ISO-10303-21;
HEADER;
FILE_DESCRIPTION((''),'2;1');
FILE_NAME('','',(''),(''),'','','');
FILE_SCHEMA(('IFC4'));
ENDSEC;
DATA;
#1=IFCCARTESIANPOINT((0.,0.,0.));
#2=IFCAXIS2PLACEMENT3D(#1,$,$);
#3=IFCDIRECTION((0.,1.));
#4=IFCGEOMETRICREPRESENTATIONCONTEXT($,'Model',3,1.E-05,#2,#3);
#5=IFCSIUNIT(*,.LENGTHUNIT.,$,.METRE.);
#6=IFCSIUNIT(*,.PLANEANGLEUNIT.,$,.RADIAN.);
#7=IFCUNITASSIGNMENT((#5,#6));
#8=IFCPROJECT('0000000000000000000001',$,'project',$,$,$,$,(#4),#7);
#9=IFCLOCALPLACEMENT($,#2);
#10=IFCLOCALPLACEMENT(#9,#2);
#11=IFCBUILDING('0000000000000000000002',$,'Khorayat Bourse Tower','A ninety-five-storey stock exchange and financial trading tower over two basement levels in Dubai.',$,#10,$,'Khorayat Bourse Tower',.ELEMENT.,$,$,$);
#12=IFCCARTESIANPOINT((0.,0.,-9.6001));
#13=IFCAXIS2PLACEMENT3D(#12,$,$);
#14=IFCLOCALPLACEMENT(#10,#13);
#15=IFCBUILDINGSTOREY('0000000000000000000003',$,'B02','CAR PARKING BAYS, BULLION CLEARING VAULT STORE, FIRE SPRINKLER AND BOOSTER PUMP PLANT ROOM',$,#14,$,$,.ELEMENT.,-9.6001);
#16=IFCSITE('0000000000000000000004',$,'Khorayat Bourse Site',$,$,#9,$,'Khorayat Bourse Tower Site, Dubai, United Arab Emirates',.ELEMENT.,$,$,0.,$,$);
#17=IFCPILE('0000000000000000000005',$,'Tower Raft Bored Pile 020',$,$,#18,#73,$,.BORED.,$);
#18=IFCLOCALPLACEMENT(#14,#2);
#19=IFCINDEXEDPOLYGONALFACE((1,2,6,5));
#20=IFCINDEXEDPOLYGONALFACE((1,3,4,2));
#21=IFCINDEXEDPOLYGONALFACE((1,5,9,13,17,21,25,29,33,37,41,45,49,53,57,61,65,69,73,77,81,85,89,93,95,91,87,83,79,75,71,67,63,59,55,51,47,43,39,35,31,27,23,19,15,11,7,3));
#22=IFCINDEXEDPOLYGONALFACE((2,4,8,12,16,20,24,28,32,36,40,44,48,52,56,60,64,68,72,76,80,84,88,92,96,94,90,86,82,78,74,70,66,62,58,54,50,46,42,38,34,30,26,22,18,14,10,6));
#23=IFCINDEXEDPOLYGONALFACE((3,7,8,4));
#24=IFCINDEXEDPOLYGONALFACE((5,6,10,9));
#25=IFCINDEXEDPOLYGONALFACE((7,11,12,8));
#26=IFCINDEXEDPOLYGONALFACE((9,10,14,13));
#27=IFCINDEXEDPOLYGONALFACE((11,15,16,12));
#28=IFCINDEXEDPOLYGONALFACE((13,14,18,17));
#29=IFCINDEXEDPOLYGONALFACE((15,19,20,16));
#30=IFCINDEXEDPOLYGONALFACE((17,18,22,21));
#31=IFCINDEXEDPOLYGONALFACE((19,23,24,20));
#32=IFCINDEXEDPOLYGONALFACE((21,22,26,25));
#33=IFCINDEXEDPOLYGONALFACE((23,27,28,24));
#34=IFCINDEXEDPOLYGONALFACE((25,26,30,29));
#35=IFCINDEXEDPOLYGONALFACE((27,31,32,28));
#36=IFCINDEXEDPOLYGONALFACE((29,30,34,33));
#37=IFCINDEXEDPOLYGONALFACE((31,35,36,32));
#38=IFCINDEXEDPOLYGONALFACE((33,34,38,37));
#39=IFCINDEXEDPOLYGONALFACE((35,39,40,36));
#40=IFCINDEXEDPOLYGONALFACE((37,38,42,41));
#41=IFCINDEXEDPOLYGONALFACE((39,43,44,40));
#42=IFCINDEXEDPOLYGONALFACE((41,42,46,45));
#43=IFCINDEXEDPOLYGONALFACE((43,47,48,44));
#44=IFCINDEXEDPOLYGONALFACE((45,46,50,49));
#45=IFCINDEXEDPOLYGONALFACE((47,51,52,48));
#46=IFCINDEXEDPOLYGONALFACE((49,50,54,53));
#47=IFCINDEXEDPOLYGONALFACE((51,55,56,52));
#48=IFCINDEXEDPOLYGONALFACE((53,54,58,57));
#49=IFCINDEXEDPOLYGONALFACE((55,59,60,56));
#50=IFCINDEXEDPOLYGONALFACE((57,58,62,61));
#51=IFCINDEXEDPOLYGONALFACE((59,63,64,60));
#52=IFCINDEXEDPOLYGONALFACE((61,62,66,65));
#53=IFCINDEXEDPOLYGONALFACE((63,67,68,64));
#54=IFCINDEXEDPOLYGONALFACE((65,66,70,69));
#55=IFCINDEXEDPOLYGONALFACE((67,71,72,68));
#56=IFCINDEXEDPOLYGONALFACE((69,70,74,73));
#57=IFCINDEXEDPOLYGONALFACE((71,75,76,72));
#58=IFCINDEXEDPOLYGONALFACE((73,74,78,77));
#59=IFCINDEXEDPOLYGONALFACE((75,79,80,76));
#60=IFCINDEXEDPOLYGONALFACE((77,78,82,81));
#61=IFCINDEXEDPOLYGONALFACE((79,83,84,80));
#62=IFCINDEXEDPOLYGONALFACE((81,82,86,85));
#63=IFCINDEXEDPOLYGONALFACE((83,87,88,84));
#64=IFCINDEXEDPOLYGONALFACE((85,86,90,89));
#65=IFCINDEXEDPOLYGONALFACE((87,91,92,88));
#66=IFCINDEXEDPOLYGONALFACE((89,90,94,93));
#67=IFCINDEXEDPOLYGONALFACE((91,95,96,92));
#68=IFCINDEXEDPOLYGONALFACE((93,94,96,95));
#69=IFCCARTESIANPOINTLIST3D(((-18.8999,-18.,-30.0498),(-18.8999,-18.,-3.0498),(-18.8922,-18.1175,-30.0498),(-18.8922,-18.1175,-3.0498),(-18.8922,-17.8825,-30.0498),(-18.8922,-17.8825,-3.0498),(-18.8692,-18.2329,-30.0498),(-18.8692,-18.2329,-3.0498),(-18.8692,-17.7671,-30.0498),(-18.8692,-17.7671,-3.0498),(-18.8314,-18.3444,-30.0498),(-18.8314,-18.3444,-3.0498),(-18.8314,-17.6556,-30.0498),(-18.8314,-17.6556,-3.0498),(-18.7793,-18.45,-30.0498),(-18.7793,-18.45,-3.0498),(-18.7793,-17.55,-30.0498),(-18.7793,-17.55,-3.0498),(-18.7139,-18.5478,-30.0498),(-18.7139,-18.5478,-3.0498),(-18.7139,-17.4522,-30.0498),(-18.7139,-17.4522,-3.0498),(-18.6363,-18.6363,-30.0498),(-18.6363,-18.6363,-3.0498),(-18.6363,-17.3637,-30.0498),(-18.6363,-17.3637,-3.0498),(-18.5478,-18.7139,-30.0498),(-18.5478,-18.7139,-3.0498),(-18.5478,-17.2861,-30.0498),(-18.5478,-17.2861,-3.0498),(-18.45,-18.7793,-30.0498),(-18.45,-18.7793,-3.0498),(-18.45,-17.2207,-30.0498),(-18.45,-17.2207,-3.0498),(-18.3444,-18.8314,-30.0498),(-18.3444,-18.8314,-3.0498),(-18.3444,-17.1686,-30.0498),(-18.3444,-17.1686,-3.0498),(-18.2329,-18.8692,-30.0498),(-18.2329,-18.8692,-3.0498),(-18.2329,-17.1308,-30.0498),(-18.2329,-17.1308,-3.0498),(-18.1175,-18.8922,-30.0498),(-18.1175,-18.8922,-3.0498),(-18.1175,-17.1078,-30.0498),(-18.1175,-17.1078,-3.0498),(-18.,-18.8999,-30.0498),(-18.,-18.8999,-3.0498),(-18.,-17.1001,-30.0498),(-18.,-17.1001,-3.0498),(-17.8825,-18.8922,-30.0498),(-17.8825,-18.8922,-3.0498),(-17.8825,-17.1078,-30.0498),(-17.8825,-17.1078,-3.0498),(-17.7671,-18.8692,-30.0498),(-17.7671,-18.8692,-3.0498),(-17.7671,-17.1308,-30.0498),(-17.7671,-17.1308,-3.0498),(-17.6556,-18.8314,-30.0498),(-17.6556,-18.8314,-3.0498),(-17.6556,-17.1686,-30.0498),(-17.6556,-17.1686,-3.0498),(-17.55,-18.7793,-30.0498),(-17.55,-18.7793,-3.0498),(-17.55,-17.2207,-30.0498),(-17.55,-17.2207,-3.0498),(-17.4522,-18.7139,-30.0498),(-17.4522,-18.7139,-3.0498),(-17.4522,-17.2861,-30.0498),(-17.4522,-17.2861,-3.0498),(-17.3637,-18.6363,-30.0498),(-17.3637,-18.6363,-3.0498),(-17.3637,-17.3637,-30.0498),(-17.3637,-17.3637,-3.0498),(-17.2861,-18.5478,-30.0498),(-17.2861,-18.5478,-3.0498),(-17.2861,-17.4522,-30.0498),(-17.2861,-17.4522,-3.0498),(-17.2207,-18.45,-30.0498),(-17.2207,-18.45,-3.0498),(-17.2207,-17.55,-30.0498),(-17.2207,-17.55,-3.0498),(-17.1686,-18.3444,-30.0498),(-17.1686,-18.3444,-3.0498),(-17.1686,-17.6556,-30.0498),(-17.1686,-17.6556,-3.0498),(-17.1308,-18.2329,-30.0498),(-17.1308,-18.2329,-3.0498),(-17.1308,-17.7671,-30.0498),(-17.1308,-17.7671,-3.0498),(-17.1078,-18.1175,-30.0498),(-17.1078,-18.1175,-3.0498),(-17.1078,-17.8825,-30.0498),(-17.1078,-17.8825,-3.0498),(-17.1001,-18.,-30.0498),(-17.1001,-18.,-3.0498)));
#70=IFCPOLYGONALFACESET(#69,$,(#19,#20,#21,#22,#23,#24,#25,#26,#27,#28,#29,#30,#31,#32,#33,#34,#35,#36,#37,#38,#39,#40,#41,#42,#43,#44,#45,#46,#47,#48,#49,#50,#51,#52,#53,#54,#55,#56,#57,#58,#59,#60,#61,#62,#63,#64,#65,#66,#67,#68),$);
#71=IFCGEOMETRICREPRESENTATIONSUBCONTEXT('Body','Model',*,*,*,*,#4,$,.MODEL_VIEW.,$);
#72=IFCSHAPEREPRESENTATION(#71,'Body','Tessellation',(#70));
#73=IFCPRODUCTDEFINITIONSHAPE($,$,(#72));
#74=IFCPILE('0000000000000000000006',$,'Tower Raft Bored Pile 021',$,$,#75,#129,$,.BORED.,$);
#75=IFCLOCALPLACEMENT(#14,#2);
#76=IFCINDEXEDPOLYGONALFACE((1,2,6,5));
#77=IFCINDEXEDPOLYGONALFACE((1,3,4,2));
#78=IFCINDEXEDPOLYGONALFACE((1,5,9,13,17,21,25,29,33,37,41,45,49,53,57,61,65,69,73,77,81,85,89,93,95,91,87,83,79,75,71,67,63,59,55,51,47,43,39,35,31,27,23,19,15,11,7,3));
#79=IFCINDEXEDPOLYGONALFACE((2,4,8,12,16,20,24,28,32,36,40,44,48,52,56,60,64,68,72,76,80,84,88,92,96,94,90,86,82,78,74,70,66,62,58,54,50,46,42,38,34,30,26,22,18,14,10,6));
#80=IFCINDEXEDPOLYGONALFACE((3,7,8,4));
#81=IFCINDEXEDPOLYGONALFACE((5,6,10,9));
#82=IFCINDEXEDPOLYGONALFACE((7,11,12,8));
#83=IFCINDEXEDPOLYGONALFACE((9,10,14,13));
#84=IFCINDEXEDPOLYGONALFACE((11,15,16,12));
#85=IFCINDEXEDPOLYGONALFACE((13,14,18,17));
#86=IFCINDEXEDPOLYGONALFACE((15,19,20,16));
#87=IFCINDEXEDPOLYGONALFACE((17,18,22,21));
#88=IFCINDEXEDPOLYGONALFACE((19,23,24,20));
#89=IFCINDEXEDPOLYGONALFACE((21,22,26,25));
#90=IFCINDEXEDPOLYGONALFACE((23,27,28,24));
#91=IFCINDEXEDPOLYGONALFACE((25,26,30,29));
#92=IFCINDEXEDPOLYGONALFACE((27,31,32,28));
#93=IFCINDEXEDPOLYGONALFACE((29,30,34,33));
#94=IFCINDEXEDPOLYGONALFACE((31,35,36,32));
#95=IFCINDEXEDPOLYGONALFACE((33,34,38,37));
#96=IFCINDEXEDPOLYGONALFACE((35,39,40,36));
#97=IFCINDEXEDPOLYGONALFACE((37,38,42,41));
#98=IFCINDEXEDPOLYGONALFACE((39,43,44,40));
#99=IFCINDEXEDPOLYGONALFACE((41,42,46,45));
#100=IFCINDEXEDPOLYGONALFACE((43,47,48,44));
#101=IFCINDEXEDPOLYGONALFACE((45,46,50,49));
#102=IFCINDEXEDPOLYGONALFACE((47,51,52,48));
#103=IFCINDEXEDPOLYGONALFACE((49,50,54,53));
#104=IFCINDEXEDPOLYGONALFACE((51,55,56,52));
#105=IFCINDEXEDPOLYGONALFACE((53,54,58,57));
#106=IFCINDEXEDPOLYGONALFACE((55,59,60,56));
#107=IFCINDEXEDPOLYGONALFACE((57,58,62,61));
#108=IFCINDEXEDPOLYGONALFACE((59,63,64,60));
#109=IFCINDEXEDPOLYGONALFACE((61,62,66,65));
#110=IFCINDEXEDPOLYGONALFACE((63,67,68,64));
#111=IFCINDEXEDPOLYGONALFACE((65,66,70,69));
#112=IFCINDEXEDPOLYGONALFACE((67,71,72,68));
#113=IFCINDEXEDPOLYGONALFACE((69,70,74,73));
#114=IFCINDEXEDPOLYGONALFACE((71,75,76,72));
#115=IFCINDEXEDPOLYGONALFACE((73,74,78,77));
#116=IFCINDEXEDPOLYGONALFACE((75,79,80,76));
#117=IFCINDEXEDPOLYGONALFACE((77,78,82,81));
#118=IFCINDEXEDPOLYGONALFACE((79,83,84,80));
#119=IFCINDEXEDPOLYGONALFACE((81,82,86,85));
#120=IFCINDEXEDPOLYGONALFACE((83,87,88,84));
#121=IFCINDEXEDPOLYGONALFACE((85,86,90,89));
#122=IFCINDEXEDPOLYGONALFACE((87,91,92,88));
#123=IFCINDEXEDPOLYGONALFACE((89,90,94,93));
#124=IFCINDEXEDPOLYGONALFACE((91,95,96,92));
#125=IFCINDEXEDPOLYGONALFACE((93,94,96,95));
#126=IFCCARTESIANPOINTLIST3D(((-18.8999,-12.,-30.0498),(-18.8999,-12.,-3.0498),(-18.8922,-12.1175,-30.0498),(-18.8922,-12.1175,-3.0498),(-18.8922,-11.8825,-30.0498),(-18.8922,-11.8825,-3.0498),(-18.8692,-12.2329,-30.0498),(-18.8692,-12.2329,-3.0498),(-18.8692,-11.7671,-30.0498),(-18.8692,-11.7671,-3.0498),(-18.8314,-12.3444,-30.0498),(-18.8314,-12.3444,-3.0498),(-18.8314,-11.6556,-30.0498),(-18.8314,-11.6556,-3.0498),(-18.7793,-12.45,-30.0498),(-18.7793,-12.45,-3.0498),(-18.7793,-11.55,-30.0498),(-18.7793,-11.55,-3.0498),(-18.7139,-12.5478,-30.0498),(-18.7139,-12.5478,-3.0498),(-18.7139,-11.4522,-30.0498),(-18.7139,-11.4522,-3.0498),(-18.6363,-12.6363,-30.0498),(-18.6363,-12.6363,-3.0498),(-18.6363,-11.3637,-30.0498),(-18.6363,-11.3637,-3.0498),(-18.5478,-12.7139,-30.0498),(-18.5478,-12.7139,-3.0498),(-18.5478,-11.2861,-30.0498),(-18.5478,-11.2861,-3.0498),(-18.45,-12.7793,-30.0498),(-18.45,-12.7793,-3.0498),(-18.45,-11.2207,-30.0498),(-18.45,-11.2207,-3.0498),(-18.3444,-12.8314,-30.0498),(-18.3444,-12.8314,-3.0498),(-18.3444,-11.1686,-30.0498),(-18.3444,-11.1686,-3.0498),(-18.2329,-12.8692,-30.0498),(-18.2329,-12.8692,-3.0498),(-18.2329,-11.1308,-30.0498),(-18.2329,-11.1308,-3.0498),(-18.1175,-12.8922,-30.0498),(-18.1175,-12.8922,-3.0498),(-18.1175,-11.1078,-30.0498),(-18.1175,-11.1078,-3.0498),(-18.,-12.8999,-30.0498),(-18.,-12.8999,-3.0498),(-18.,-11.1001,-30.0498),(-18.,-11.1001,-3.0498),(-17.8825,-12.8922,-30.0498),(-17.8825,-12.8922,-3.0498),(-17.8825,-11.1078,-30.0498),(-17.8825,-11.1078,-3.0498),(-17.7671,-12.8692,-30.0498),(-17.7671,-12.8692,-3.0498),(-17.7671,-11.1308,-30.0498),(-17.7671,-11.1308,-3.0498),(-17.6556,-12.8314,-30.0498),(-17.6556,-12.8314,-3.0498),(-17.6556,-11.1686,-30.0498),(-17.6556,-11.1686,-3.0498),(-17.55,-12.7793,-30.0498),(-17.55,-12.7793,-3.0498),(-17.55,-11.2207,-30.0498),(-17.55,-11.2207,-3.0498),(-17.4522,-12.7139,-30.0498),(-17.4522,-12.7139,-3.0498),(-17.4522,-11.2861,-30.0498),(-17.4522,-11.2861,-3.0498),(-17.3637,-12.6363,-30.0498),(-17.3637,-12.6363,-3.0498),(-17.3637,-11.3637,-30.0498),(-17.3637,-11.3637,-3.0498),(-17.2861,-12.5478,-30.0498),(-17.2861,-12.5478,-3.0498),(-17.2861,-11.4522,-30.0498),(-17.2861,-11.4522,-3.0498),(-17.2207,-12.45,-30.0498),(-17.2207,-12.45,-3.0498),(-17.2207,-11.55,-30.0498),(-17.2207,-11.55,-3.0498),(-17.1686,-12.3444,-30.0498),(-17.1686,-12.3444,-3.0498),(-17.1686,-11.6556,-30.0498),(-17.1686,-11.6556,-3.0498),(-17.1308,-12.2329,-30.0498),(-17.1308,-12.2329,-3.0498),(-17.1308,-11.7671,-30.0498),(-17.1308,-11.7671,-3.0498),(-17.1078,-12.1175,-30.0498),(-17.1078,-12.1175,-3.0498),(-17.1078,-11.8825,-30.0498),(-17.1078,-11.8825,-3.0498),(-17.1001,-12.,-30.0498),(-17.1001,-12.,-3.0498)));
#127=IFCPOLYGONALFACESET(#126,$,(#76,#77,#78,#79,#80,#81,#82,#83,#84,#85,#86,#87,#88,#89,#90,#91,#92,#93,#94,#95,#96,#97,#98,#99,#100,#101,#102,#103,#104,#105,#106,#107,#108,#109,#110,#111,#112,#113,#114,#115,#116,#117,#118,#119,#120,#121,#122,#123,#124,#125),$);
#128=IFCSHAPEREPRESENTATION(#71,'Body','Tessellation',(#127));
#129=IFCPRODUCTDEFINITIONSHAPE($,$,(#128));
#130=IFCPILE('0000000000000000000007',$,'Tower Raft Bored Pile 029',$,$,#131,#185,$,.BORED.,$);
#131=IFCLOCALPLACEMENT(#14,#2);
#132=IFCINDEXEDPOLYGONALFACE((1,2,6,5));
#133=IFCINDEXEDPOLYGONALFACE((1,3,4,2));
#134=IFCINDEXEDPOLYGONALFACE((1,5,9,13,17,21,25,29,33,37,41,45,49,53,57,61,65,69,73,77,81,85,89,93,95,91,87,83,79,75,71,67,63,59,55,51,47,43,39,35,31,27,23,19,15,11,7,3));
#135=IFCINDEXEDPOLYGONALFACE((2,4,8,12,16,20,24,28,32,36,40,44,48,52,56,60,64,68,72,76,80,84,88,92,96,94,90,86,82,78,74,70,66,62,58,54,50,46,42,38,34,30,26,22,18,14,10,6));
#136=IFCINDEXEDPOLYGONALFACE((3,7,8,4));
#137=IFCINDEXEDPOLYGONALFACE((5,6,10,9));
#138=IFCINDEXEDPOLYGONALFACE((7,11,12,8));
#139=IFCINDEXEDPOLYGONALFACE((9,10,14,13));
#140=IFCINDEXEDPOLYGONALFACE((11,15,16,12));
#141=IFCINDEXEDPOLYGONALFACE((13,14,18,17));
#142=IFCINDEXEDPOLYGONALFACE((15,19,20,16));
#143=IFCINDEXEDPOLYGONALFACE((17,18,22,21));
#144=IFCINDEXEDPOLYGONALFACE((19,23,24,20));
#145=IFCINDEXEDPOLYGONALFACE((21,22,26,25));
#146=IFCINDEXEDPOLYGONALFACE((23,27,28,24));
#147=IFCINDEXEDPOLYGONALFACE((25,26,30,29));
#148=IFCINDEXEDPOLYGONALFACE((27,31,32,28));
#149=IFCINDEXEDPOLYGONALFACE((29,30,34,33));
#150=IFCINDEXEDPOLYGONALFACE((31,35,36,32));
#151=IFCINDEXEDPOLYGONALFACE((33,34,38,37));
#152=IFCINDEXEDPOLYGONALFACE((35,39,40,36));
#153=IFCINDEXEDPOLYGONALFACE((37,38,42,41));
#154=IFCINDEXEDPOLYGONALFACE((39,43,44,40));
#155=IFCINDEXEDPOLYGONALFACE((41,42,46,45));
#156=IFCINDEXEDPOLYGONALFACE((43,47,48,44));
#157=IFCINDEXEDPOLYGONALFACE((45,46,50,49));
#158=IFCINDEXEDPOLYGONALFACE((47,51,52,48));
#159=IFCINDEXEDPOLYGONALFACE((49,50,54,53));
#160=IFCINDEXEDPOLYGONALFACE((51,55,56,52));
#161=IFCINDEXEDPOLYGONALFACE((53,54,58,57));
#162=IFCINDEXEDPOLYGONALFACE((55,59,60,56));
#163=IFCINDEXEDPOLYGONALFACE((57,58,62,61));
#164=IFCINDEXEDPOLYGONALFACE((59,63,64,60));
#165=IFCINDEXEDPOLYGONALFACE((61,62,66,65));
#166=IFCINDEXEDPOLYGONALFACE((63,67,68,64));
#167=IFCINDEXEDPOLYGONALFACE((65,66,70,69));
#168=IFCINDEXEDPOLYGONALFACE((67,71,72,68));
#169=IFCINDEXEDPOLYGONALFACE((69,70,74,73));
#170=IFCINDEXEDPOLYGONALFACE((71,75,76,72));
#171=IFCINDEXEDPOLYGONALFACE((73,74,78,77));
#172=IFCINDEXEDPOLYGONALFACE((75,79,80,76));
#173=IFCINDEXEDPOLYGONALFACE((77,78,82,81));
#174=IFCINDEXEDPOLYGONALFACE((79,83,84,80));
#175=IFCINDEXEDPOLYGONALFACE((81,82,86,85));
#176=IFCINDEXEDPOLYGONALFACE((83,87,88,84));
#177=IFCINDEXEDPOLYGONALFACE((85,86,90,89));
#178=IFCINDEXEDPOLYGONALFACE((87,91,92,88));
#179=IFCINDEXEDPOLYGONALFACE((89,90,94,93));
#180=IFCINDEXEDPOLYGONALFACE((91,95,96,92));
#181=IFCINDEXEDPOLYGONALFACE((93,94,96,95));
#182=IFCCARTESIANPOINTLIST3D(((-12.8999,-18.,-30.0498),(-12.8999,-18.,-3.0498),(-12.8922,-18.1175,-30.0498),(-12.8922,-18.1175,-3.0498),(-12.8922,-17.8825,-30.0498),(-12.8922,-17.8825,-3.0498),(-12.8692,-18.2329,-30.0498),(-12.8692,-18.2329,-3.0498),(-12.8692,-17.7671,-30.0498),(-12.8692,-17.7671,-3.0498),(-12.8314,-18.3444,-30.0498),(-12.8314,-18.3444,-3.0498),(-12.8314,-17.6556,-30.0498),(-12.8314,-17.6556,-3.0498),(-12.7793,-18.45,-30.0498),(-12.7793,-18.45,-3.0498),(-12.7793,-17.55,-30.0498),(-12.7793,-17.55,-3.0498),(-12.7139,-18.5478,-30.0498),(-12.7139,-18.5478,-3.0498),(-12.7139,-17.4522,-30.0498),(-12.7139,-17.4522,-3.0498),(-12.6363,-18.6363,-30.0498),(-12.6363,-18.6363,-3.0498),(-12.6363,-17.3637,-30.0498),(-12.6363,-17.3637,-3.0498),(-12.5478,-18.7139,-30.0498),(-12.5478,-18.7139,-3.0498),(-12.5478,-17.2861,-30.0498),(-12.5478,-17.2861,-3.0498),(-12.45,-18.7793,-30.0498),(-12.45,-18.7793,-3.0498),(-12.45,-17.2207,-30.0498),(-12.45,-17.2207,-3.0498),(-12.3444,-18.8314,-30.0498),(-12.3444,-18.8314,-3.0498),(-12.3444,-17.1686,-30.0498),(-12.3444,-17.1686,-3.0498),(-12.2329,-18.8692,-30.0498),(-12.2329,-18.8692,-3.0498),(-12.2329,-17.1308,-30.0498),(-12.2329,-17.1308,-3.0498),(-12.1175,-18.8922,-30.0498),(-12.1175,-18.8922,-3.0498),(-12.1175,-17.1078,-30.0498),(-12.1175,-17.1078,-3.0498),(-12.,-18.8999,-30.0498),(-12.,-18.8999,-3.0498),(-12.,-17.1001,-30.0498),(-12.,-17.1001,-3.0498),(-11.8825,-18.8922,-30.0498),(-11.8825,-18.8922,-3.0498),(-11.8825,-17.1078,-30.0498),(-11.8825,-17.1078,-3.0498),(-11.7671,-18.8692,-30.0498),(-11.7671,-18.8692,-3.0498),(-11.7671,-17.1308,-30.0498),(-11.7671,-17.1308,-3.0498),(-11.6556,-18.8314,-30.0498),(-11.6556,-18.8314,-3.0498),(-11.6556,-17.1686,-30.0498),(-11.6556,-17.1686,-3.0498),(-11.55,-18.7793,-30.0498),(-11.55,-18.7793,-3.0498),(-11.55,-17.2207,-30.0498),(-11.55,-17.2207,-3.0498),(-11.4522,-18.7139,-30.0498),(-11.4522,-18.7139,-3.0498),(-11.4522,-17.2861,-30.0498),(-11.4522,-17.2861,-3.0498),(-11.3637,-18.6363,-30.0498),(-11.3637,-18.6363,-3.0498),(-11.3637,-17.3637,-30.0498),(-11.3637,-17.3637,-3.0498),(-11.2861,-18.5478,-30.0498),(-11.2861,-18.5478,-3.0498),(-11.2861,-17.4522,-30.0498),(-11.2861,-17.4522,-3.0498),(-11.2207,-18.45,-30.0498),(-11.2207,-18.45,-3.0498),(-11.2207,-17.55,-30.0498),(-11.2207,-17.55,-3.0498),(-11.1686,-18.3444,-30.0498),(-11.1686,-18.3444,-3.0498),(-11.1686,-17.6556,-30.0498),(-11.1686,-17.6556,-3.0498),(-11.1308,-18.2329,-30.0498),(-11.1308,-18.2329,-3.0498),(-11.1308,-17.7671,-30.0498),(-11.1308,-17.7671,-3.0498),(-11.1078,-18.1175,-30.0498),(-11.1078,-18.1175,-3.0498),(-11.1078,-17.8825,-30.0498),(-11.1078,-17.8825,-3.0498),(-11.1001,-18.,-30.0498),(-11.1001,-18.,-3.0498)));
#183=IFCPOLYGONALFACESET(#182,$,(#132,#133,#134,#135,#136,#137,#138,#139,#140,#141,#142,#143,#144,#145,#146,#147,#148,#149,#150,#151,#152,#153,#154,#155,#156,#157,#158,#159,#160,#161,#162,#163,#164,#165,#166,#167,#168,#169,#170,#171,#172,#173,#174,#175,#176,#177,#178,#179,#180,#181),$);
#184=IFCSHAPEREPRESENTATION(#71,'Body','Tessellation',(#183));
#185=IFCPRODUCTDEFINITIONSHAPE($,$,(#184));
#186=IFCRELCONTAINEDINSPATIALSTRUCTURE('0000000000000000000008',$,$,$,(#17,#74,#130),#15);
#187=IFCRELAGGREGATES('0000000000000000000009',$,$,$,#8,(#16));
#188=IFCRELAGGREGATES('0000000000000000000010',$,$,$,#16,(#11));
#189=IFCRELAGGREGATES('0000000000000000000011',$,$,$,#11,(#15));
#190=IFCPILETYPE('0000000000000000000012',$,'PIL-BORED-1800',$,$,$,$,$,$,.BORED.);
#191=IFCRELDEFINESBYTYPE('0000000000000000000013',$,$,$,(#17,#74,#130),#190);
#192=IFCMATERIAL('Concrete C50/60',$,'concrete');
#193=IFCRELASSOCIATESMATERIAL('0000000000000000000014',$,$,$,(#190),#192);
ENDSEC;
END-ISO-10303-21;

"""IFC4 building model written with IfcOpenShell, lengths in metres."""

from ifc_helpers import new_model, si_unit, direction, frame, origin, origin_2d, place, context, subcontext, project, spatial, circle, extrude, source, transform, mapped, material, material_profile, profile_set, type_object, element, save


model = new_model("IFC4")

# Units and contexts
model_context = context("Model", 3, precision=1e-05, world=origin(), true_north=direction((0.0, 1.0)))
body_context = subcontext(model_context, "Body", "Model", "MODEL_VIEW")
ifc_project = project(units=[si_unit("LENGTHUNIT", "METRE"), si_unit("PLANEANGLEUNIT", "RADIAN")], contexts=[model_context])

# Site, building, storey
site_placement = place(None, origin())
site = spatial("IfcSite", under=ifc_project, at=site_placement, Name="Khorayat Bourse Site", LongName="Khorayat Bourse Tower Site, Dubai, United Arab Emirates", CompositionType="ELEMENT", RefElevation=0.0)
building_placement = place(site_placement, origin())
building = spatial("IfcBuilding", under=site, at=building_placement, Name="Khorayat Bourse Tower", Description="A ninety-five-storey stock exchange and financial trading tower over two basement levels in Dubai.", LongName="Khorayat Bourse Tower", CompositionType="ELEMENT")
storey_placement = place(building_placement, frame((0.0, 0.0, -9.6001)))
storey = spatial("IfcBuildingStorey", under=building, at=storey_placement, Name="B02", Description="CAR PARKING BAYS, BULLION CLEARING VAULT STORE, FIRE SPRINKLER AND BOOSTER PUMP PLANT ROOM", CompositionType="ELEMENT", Elevation=-9.6001)

# Piles
ifc_material_1 = material(Name="Concrete C50/60", Category="concrete")
ifc_material_profile_1 = material_profile(ifc_material_1, circle(Radius=0.8999, at=origin_2d()), Name="BORED PILE D1800")
ifc_profile_set_1 = profile_set([ifc_material_profile_1], Name="Concrete C50/60")
pile_type = type_object("IfcPileType", Name="PIL-BORED-1800", PredefinedType="BORED", material=ifc_profile_set_1)
shared_shape_1 = source(origin(), body_context, "Body", "SweptSolid", [
    extrude(circle(Radius=0.8999, at=origin_2d()), origin(), (0.0, 0.0, 1.0), 27.0),
])
for number, where, z_axis, x_axis, name in (
    (1, (-18.0, -18.0, -3.0498), (0.0, 0.0, -1.0), (1.0, 0.0, 0.0), "Tower Raft Bored Pile 020"),
    (2, (-18.0, -12.0, -3.0498), (0.0, 0.0, -1.0), (1.0, 0.0, 0.0), "Tower Raft Bored Pile 021"),
    (3, (-12.0, -18.0, -3.0498), (0.0, 0.0, -1.0), (1.0, 0.0, 0.0), "Tower Raft Bored Pile 029"),
):
    element("IfcPile", number, at=place(storey_placement, frame(where, z_axis=z_axis, x_axis=x_axis)), inside=storey, type_object=pile_type, Name=name, PredefinedType="BORED", context=body_context, shape_type="MappedRepresentation", body=[
        mapped(shared_shape_1, transform((0.0, 0.0, 0.0), scale=1.0)),
    ])

save(model, "model.ifc")
